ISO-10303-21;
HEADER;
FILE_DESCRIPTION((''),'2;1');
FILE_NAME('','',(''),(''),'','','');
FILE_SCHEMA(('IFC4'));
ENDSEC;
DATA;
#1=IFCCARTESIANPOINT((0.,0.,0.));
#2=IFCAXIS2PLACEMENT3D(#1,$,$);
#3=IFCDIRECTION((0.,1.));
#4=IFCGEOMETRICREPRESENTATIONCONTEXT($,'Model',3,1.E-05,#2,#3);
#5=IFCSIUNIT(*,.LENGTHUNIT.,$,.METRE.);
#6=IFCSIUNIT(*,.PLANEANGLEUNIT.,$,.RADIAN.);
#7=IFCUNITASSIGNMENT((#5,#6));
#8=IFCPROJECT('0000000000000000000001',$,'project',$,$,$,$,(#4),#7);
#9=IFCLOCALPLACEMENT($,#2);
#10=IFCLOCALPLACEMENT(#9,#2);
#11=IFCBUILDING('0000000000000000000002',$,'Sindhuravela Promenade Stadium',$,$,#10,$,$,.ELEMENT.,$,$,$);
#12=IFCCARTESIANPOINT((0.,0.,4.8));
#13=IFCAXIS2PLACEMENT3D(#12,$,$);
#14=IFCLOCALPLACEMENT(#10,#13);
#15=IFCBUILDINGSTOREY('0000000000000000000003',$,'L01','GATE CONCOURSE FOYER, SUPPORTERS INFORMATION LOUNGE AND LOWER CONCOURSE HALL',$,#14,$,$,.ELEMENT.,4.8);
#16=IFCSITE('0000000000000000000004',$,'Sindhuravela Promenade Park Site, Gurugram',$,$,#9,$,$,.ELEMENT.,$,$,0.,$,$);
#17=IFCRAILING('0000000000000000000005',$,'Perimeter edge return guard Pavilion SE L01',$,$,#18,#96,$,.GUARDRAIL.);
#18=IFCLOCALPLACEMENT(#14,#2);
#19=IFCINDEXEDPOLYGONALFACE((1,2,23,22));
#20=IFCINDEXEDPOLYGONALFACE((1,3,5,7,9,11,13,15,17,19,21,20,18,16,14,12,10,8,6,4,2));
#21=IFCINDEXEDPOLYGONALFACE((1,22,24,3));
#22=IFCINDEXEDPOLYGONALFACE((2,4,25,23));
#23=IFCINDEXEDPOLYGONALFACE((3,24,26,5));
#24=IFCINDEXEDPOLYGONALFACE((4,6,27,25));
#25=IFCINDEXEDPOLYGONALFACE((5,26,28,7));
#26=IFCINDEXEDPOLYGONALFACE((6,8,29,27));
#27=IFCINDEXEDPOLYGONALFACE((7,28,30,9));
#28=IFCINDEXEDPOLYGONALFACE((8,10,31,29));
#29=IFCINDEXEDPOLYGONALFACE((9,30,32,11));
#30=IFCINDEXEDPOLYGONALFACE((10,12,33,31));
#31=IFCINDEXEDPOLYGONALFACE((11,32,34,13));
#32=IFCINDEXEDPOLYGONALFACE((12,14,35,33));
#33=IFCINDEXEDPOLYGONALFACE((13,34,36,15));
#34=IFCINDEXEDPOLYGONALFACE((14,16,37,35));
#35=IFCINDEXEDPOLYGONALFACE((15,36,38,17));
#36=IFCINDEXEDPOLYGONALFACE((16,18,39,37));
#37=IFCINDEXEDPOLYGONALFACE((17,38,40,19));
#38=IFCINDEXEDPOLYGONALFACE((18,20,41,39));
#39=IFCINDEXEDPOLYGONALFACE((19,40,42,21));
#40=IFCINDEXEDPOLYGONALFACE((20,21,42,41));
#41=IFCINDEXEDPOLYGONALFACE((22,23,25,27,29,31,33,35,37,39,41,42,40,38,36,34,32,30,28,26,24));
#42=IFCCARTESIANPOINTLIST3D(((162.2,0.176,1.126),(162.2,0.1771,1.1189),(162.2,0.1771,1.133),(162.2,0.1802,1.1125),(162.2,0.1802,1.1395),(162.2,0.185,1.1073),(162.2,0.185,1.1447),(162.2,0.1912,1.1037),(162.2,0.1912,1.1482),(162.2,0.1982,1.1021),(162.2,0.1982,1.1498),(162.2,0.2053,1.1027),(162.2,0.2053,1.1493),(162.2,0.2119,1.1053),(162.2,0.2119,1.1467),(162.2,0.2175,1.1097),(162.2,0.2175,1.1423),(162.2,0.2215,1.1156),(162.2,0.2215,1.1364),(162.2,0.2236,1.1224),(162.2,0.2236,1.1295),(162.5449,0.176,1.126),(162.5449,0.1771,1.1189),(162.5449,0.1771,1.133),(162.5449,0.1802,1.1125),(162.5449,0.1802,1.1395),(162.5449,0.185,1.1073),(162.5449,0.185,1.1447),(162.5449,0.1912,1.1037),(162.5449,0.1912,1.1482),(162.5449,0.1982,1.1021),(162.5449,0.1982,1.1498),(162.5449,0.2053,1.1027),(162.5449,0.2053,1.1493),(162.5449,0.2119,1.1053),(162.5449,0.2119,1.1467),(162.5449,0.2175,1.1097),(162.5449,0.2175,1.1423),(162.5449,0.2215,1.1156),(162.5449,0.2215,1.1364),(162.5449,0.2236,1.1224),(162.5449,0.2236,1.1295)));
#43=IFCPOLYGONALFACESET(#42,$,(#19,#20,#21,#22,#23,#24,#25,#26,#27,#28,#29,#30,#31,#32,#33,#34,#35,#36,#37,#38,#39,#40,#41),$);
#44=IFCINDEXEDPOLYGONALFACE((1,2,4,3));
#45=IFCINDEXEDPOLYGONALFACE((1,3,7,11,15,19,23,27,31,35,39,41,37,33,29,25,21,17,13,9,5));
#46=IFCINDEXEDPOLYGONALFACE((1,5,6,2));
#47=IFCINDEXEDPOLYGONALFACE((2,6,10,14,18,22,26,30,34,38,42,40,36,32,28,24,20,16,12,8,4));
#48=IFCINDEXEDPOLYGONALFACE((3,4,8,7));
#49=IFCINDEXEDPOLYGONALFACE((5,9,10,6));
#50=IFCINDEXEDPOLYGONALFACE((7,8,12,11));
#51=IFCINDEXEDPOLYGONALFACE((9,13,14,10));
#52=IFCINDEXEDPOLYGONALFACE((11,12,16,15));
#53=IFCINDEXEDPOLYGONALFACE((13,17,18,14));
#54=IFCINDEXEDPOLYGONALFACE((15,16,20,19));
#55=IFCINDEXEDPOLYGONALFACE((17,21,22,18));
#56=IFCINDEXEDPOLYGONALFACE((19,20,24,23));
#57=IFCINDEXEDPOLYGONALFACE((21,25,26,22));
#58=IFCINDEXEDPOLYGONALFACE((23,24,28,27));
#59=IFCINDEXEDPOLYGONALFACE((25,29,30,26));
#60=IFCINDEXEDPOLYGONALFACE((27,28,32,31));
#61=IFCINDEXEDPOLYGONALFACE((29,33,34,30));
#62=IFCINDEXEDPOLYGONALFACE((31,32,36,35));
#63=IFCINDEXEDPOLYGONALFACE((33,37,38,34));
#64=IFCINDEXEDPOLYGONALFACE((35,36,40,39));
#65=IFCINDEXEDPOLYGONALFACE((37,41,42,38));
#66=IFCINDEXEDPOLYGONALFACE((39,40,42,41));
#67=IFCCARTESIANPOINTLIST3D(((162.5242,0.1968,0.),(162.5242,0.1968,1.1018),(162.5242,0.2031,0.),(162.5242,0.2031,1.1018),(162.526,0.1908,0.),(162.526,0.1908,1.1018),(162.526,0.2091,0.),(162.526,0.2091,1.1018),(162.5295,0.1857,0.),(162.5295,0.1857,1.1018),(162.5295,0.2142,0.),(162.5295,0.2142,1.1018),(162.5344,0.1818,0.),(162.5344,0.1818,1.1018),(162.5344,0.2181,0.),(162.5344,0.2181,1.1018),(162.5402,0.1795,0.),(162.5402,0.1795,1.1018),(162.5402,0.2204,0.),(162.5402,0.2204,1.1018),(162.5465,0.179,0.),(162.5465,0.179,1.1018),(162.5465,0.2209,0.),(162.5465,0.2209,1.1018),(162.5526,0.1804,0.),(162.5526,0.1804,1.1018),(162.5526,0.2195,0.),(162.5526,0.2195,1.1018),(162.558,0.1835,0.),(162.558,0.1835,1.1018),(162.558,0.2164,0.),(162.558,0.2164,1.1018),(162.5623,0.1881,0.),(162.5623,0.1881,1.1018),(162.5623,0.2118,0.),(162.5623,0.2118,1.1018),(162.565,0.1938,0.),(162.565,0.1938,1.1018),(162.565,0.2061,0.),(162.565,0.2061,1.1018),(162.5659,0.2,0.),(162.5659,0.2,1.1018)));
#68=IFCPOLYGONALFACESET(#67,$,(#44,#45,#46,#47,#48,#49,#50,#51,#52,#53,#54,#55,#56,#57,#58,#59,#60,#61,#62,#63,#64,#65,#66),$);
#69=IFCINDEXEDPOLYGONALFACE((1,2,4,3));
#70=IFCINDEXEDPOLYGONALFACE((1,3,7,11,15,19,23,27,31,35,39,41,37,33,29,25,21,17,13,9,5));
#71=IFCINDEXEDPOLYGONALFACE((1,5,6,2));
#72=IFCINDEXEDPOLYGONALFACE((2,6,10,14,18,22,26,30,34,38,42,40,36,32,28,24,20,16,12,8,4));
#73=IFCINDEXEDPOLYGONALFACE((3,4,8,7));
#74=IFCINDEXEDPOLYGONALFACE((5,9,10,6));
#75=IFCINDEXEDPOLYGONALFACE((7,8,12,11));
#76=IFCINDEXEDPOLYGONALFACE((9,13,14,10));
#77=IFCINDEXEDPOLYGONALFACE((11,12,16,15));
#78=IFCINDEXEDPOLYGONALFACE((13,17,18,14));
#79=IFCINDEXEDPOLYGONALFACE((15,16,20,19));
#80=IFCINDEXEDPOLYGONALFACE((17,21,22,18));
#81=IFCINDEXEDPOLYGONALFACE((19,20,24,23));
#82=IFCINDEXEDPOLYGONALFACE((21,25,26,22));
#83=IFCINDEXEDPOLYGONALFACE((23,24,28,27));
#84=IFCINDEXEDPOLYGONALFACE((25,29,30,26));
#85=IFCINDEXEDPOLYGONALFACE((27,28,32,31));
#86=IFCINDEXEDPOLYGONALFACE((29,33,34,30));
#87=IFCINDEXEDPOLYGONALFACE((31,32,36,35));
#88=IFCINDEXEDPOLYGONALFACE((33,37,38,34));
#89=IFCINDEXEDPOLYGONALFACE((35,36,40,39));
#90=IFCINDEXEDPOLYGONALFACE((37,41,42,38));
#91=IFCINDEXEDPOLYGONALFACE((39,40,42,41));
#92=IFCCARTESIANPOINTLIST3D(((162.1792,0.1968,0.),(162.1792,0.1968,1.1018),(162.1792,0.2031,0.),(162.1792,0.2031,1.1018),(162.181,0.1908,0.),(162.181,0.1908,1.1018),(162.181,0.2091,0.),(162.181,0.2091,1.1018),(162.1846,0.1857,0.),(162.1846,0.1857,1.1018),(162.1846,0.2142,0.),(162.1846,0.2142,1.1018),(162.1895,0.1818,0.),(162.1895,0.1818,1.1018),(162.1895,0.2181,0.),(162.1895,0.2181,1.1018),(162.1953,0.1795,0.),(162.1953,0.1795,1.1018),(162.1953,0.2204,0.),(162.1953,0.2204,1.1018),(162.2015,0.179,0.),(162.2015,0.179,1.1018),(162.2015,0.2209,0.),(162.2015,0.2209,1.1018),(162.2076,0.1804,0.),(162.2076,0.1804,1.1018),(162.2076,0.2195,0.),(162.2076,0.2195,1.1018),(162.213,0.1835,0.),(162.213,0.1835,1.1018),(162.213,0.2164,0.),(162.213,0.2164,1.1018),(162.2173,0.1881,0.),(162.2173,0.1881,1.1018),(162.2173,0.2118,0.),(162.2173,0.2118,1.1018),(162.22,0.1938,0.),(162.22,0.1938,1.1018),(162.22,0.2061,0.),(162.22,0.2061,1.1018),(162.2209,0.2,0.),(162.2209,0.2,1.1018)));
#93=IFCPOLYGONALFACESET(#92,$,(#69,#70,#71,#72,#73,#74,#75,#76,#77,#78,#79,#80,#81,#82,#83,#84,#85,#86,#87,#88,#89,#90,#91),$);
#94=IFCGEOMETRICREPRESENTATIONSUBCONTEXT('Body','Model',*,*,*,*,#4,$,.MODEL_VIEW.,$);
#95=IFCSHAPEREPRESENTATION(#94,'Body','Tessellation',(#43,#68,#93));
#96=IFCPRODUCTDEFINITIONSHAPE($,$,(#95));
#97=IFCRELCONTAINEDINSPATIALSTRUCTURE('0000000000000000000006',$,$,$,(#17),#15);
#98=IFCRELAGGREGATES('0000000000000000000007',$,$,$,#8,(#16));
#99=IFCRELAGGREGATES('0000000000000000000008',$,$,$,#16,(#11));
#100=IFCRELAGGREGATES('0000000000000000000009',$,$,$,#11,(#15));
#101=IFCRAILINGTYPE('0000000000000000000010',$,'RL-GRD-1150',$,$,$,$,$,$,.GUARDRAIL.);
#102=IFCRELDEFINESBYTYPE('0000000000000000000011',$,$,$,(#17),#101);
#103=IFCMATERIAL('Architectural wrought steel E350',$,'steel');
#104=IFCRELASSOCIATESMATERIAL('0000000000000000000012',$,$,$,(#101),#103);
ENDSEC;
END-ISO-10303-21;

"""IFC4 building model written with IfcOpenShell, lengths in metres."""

from ifc_helpers import new_model, si_unit, direction, frame, origin, origin_2d, place, context, subcontext, project, spatial, circle, extrude, material, type_object, element, save


model = new_model("IFC4")

# Units and contexts
model_context = context("Model", 3, precision=1e-05, world=origin(), true_north=direction((0.0, 1.0)))
body_context = subcontext(model_context, "Body", "Model", "MODEL_VIEW")
ifc_project = project(units=[si_unit("LENGTHUNIT", "METRE"), si_unit("PLANEANGLEUNIT", "RADIAN")], contexts=[model_context])

# Site, building, storey
site_placement = place(None, origin())
site = spatial("IfcSite", under=ifc_project, at=site_placement, Name="Sindhuravela Promenade Park Site, Gurugram", CompositionType="ELEMENT", RefElevation=0.0)
building_placement = place(site_placement, origin())
building = spatial("IfcBuilding", under=site, at=building_placement, Name="Sindhuravela Promenade Stadium", CompositionType="ELEMENT")
storey_placement = place(building_placement, frame((0.0, 0.0, 4.8)))
storey = spatial("IfcBuildingStorey", under=building, at=storey_placement, Name="L01", Description="GATE CONCOURSE FOYER, SUPPORTERS INFORMATION LOUNGE AND LOWER CONCOURSE HALL", CompositionType="ELEMENT", Elevation=4.8)

# Railing
ifc_material_1 = material(Name="Architectural wrought steel E350", Category="steel")
railing_type = type_object("IfcRailingType", Name="RL-GRD-1150", PredefinedType="GUARDRAIL", material=ifc_material_1)
railing_placement = place(storey_placement, frame((162.5449, 0.2, 0.0)))
element("IfcRailing", 1, at=railing_placement, inside=storey, type_object=railing_type, Name="Perimeter edge return guard Pavilion SE L01", PredefinedType="GUARDRAIL", context=body_context, shape_type="SweptSolid", body=[
    extrude(circle(Radius=0.0239, at=origin_2d()), frame((0.0, 0.0, 1.126), z_axis=(-1.0, 0.0, 0.0), x_axis=(0.0, -1.0, 0.0)), (0.0, 0.0, 1.0), 0.345),
    extrude(circle(Radius=0.021, at=origin_2d()), origin(), (0.0, 0.0, 1.0), 1.1018),
    extrude(circle(Radius=0.021, at=origin_2d()), frame((-0.345, 0.0, 0.0)), (0.0, 0.0, 1.0), 1.1018),
])

save(model, "model.ifc")
